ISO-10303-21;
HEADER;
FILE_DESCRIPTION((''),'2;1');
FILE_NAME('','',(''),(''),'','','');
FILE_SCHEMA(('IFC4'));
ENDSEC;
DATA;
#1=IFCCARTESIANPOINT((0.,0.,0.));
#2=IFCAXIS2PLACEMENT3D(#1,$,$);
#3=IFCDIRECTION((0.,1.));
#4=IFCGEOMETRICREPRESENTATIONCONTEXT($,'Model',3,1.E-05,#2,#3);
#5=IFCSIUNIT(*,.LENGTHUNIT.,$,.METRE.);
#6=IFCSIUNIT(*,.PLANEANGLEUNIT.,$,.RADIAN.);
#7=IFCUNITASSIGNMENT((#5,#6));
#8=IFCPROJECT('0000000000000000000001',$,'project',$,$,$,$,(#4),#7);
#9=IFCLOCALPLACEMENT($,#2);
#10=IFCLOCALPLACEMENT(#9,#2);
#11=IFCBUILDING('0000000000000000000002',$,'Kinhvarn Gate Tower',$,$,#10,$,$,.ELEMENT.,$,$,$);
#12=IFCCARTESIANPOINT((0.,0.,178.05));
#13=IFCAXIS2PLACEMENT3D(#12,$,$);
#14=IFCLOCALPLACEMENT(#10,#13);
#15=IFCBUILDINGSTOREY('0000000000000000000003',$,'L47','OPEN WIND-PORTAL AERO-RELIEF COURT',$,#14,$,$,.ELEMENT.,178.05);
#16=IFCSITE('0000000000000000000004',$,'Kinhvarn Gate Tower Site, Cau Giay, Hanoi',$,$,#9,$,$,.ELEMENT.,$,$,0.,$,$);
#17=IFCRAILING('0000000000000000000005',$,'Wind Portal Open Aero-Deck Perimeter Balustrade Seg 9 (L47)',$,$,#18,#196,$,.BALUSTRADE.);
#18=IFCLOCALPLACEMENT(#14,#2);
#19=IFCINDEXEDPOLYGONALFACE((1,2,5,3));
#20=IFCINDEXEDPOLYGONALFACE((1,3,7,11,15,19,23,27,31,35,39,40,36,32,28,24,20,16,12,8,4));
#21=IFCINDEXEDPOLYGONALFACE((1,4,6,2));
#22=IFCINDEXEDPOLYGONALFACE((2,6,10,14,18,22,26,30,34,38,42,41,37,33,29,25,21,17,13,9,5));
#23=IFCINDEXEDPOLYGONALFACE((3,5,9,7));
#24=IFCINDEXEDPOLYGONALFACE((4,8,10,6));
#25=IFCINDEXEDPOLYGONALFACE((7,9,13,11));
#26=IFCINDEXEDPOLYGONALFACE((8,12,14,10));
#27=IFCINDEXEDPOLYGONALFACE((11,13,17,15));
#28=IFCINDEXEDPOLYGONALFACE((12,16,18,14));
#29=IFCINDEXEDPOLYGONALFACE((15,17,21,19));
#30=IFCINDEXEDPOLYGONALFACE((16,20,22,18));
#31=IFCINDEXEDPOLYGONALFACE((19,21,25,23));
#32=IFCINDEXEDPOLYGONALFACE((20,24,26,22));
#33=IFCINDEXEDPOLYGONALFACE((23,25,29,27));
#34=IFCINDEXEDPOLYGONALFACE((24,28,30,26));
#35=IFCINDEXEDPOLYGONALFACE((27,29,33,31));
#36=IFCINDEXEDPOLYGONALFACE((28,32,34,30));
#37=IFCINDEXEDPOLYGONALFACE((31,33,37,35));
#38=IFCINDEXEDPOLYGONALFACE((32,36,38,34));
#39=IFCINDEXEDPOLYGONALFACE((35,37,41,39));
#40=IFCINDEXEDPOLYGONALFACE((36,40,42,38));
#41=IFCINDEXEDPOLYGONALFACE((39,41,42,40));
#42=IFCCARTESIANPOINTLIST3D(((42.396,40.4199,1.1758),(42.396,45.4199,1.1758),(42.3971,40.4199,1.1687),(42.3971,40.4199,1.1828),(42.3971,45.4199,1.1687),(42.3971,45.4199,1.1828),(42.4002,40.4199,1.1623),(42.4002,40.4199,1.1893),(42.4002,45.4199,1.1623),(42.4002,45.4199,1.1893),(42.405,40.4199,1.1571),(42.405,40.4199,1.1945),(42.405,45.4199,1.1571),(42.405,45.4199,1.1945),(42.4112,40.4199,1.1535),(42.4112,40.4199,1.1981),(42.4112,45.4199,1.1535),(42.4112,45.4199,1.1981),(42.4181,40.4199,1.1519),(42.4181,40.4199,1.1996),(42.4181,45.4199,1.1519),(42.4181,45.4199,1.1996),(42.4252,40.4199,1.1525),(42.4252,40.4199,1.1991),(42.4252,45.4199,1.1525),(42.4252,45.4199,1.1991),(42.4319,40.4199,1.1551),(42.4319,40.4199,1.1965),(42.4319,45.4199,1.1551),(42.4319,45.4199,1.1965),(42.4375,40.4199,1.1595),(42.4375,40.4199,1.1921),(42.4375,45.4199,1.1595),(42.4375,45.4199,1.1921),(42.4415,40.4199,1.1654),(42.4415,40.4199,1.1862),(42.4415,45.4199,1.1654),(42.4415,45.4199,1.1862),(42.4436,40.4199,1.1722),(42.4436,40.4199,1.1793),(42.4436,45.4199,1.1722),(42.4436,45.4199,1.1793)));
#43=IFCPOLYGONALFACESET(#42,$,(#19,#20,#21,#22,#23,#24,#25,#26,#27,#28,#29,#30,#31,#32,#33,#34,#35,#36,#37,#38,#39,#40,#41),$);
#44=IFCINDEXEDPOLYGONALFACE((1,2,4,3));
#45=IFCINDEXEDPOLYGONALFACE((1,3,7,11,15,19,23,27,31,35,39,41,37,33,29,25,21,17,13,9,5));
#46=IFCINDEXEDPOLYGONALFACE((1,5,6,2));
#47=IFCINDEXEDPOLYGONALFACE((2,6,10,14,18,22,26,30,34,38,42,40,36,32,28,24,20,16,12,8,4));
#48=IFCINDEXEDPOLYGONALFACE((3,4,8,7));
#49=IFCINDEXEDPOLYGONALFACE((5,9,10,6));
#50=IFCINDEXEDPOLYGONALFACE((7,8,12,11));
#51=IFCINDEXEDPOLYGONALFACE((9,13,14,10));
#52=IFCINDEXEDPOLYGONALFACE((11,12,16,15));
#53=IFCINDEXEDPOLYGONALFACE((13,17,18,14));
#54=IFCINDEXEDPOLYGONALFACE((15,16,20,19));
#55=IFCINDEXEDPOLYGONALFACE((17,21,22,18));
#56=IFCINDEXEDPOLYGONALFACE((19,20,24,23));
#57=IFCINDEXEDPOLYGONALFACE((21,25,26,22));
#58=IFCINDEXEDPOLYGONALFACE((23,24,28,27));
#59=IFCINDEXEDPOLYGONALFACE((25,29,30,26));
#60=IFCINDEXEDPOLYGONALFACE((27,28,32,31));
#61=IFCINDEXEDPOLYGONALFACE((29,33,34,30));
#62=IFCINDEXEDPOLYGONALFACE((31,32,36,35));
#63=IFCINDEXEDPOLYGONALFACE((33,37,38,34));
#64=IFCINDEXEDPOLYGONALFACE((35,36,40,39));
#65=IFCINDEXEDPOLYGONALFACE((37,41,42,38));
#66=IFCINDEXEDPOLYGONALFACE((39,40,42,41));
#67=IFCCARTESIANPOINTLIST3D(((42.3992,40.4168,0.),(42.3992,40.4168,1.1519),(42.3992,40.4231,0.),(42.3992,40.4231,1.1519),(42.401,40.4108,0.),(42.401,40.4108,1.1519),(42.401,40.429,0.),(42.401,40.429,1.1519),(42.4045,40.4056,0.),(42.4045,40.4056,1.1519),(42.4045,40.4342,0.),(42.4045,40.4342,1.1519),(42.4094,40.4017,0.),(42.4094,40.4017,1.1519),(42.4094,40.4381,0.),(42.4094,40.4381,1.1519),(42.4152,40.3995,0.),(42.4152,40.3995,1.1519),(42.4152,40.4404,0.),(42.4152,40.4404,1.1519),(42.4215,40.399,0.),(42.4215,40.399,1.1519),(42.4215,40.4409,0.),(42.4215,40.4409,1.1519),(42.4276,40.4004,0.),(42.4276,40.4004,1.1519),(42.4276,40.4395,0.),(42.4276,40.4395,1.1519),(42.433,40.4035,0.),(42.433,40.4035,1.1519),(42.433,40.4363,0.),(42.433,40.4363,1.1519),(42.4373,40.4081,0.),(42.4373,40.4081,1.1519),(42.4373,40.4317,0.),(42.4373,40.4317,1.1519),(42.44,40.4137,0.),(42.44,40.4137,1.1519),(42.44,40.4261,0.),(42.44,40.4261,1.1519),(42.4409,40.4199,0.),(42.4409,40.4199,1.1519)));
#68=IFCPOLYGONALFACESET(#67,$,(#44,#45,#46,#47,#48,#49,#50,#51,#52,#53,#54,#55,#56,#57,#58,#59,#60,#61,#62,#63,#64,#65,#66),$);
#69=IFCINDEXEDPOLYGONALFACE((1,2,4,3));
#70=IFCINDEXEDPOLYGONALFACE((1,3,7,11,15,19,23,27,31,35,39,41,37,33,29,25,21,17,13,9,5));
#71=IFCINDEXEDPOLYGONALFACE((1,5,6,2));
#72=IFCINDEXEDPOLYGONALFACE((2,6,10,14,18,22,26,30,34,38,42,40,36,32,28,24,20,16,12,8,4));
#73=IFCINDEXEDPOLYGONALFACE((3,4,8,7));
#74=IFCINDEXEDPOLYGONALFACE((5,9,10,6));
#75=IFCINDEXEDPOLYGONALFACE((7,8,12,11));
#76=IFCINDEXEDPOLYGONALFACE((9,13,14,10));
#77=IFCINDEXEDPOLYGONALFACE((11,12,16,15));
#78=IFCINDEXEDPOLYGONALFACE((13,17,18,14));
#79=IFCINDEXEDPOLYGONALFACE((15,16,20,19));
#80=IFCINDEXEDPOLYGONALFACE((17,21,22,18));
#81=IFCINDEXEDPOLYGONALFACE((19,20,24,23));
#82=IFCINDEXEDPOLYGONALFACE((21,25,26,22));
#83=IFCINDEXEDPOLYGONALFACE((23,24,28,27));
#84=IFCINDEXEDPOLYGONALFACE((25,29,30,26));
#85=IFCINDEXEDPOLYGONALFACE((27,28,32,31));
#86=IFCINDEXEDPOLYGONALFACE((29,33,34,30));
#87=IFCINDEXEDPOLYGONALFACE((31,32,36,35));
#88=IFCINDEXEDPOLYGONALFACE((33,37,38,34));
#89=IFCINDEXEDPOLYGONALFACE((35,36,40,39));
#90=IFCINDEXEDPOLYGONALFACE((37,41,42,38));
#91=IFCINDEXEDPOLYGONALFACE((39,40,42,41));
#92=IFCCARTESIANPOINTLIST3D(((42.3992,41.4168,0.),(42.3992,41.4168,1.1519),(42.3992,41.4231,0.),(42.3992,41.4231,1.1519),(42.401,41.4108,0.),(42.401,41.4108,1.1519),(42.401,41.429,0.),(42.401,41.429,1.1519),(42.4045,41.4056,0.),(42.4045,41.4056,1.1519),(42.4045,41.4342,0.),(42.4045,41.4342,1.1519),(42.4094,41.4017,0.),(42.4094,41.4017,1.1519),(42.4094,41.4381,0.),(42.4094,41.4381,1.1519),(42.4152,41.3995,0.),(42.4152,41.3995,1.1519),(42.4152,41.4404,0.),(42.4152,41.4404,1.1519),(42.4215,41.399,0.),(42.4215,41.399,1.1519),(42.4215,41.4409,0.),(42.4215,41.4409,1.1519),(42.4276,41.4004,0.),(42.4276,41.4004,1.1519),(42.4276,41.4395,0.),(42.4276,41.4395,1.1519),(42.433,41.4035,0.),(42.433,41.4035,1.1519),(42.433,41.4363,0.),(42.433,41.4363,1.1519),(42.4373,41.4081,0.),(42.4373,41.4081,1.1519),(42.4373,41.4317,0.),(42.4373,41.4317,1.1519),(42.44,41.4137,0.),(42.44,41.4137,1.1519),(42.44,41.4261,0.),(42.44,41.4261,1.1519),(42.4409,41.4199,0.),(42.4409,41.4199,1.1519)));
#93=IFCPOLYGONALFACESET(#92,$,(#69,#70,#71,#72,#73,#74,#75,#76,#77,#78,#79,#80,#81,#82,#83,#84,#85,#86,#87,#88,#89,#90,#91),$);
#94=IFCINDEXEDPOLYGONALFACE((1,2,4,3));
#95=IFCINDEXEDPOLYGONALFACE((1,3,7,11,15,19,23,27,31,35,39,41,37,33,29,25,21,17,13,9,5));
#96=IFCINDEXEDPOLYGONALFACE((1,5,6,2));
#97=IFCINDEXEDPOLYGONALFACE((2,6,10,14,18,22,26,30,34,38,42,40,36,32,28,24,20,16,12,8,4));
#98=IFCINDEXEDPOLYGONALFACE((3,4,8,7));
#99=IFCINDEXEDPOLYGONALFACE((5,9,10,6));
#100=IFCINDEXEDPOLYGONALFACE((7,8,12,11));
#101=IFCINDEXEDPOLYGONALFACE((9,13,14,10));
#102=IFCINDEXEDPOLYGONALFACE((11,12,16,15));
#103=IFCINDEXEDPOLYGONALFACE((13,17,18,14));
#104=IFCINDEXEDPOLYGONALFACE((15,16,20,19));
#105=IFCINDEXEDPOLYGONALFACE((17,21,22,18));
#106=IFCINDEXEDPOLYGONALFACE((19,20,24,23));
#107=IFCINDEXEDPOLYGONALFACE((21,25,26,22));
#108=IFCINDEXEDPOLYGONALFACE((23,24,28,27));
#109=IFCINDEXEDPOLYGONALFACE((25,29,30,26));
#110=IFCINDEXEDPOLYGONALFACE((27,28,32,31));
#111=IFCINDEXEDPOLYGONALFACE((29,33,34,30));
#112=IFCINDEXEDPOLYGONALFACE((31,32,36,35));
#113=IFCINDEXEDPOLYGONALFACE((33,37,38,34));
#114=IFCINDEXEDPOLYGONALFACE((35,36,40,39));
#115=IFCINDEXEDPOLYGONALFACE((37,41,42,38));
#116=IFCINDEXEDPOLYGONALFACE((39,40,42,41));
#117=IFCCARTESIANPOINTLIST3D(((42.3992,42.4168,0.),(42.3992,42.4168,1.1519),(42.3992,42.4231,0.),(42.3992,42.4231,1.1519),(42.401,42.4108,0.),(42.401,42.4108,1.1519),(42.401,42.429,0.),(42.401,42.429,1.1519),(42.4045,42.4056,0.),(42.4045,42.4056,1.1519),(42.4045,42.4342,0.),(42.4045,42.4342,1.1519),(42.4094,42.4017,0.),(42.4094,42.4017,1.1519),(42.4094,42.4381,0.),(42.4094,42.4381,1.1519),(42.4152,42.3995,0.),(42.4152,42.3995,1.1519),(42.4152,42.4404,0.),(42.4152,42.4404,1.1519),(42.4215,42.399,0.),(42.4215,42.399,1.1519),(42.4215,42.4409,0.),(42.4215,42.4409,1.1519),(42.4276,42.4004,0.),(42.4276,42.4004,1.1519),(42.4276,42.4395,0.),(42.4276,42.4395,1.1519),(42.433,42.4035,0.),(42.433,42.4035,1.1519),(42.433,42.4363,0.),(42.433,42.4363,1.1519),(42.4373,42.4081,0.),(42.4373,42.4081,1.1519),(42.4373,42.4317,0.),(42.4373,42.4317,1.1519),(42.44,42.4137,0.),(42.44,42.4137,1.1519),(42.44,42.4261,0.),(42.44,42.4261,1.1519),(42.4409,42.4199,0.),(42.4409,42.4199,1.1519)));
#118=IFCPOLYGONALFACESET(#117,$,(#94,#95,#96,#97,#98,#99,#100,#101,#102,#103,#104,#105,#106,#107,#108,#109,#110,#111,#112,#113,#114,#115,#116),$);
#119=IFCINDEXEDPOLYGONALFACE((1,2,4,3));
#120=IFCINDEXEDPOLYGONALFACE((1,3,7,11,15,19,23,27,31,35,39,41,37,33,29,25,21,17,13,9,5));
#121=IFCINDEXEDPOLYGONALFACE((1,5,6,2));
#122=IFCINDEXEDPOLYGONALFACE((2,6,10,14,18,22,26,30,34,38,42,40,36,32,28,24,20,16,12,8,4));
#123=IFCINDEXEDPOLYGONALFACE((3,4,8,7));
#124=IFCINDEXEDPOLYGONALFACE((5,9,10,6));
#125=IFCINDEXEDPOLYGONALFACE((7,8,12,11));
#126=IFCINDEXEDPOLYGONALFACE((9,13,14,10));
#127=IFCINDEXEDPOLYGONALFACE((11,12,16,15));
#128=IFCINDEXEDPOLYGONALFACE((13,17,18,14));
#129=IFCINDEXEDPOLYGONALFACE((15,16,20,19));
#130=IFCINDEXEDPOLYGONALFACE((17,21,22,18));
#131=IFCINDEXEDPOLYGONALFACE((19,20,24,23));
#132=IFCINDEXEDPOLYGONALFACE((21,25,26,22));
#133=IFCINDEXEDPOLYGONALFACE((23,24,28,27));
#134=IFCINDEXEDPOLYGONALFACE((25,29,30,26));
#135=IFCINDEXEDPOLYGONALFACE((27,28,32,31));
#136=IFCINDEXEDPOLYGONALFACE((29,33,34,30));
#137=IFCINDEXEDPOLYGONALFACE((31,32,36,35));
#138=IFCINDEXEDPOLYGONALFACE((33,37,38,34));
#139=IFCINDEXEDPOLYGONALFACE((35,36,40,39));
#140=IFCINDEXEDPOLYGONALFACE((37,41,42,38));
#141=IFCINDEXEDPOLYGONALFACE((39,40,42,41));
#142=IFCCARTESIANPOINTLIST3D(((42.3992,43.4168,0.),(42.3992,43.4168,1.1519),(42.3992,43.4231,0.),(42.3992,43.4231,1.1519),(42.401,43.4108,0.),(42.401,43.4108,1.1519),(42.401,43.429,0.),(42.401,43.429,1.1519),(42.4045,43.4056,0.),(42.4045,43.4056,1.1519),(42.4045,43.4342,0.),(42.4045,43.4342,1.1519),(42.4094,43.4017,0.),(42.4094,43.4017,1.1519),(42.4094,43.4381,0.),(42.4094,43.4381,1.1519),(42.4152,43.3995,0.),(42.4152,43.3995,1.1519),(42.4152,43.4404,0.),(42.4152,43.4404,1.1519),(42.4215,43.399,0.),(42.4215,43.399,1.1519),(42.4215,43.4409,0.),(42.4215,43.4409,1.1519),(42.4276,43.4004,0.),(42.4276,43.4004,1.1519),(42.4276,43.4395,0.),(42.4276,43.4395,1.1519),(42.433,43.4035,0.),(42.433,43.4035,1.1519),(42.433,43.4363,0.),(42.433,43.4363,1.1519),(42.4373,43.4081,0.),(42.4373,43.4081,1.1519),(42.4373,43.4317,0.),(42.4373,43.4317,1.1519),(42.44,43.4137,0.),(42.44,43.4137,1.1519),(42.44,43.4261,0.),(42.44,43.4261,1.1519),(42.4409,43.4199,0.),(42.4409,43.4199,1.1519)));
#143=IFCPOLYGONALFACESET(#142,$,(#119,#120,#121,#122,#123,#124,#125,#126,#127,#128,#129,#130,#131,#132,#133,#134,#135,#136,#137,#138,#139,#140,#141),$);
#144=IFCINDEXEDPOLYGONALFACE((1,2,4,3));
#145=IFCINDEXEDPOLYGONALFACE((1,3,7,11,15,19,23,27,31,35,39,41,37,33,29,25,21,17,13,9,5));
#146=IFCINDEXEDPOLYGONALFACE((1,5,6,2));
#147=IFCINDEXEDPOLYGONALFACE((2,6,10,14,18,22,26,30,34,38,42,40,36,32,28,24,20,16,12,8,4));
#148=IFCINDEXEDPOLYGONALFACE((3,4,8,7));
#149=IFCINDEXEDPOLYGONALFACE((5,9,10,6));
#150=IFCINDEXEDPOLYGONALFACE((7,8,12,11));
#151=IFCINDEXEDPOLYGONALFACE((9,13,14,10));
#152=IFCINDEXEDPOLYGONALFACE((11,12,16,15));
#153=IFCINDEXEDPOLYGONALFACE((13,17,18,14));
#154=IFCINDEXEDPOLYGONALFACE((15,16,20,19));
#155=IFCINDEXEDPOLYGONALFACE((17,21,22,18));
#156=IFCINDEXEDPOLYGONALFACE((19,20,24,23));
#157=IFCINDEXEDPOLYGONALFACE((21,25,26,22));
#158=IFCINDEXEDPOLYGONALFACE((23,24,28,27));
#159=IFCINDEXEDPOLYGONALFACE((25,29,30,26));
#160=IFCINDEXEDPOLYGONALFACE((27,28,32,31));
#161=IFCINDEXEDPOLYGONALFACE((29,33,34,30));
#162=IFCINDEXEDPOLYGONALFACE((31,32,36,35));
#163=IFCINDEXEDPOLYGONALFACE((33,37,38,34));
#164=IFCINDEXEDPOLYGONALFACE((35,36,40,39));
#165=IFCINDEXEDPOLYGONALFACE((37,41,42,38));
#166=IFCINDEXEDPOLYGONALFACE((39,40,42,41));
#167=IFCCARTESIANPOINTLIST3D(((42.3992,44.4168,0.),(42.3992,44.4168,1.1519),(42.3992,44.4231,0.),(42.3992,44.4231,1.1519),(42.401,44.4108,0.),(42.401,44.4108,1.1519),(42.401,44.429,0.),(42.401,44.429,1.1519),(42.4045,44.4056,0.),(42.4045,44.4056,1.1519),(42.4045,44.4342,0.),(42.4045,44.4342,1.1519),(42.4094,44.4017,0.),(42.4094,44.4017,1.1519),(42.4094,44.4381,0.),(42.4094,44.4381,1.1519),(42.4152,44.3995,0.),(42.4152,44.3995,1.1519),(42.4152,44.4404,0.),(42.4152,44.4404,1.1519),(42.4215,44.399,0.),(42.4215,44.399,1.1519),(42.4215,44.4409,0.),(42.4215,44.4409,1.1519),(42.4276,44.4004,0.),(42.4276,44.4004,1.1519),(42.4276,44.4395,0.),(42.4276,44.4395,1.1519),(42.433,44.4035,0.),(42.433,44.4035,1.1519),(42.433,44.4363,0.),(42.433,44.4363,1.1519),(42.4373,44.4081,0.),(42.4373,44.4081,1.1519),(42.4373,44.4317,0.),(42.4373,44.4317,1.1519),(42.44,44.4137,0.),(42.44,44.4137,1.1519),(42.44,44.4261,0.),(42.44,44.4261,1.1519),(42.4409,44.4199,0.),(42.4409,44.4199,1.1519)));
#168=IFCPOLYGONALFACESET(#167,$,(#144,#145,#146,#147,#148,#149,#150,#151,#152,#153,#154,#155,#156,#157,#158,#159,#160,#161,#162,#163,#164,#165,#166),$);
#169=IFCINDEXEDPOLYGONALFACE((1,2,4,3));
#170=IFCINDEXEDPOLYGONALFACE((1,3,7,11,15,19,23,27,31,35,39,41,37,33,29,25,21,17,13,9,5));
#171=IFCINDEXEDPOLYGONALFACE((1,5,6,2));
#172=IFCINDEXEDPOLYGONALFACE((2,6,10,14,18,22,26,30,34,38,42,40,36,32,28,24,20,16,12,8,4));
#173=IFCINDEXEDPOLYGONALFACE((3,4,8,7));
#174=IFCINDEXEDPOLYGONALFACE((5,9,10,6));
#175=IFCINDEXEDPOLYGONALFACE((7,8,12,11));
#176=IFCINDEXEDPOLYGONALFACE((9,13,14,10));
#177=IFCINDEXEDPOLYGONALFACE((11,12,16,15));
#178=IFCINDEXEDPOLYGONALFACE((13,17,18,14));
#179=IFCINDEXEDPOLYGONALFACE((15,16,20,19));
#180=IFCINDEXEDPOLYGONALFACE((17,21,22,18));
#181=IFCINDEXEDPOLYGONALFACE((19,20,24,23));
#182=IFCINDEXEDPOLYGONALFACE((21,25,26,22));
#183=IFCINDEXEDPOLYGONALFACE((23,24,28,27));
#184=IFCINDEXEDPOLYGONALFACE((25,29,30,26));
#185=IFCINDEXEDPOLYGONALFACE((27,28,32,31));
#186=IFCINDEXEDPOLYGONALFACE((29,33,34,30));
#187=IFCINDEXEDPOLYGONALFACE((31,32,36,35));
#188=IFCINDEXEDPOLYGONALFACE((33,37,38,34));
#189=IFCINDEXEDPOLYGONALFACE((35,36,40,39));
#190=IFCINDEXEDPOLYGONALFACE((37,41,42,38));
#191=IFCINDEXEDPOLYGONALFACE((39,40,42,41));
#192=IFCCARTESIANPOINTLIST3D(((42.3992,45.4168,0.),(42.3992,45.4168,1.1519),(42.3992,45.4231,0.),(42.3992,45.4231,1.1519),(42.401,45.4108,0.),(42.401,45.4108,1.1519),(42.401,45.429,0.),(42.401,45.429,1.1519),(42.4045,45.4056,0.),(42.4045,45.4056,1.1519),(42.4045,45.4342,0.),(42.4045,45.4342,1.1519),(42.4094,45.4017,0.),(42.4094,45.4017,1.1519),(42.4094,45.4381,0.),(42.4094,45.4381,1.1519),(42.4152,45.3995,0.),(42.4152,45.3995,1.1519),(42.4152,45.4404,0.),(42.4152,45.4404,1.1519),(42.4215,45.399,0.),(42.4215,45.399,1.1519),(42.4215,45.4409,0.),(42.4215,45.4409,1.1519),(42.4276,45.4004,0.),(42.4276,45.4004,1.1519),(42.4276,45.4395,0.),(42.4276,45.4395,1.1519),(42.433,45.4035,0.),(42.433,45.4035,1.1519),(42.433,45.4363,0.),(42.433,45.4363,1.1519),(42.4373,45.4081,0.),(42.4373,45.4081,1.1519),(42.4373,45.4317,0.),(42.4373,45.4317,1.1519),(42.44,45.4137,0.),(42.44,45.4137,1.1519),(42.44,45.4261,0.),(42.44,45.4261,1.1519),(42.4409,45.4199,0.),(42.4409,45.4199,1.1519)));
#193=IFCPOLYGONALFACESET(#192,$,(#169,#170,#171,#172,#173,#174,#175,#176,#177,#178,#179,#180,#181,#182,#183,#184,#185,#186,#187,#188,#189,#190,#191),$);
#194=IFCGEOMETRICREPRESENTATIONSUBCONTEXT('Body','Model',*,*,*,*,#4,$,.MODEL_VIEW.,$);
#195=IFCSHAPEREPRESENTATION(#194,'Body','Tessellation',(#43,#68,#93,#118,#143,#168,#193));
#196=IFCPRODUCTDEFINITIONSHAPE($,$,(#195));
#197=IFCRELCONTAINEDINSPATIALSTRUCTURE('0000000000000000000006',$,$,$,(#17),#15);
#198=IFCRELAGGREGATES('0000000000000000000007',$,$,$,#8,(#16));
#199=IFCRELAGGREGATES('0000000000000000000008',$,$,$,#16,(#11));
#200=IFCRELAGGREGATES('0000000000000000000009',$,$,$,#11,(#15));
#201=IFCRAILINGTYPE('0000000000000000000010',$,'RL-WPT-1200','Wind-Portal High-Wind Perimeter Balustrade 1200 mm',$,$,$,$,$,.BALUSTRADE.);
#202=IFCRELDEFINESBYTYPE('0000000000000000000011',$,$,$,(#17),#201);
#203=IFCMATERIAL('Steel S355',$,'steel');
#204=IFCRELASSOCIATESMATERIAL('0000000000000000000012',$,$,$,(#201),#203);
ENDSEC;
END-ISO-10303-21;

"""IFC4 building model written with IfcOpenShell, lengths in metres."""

from ifc_helpers import new_model, si_unit, direction, frame, origin, origin_2d, place, context, subcontext, project, spatial, circle, extrude, material, type_object, element, save


model = new_model("IFC4")

# Units and contexts
model_context = context("Model", 3, precision=1e-05, world=origin(), true_north=direction((0.0, 1.0)))
body_context = subcontext(model_context, "Body", "Model", "MODEL_VIEW")
ifc_project = project(units=[si_unit("LENGTHUNIT", "METRE"), si_unit("PLANEANGLEUNIT", "RADIAN")], contexts=[model_context])

# Site, building, storey
site_placement = place(None, origin())
site = spatial("IfcSite", under=ifc_project, at=site_placement, Name="Kinhvarn Gate Tower Site, Cau Giay, Hanoi", CompositionType="ELEMENT", RefElevation=0.0)
building_placement = place(site_placement, origin())
building = spatial("IfcBuilding", under=site, at=building_placement, Name="Kinhvarn Gate Tower", CompositionType="ELEMENT")
storey_placement = place(building_placement, frame((0.0, 0.0, 178.05)))
storey = spatial("IfcBuildingStorey", under=building, at=storey_placement, Name="L47", Description="OPEN WIND-PORTAL AERO-RELIEF COURT", CompositionType="ELEMENT", Elevation=178.05)

# Shared definitions
ifc_material_1 = material(Name="Steel S355", Category="steel")

# Railing
railing_type = type_object("IfcRailingType", Name="RL-WPT-1200", Description="Wind-Portal High-Wind Perimeter Balustrade 1200 mm", PredefinedType="BALUSTRADE", material=ifc_material_1)
railing_1_placement = place(storey_placement, frame((42.4199, 40.4199, 0.0)))
element("IfcRailing", 1, at=railing_1_placement, inside=storey, type_object=railing_type, Name="Wind Portal Open Aero-Deck Perimeter Balustrade Seg 9 (L47)", PredefinedType="BALUSTRADE", context=body_context, shape_type="SweptSolid", body=[
    extrude(circle(Radius=0.0239, at=origin_2d()), frame((0.0, 0.0, 1.1758), z_axis=(0.0, 1.0, 0.0), x_axis=(-1.0, 0.0, 0.0)), (0.0, 0.0, 1.0), 5.0),
    extrude(circle(Radius=0.021, at=origin_2d()), origin(), (0.0, 0.0, 1.0), 1.1519),
    extrude(circle(Radius=0.021, at=origin_2d()), frame((0.0, 1.0, 0.0)), (0.0, 0.0, 1.0), 1.1519),
    extrude(circle(Radius=0.021, at=origin_2d()), frame((0.0, 2.0, 0.0)), (0.0, 0.0, 1.0), 1.1519),
    extrude(circle(Radius=0.021, at=origin_2d()), frame((0.0, 3.0, 0.0)), (0.0, 0.0, 1.0), 1.1519),
    extrude(circle(Radius=0.021, at=origin_2d()), frame((0.0, 4.0, 0.0)), (0.0, 0.0, 1.0), 1.1519),
    extrude(circle(Radius=0.021, at=origin_2d()), frame((0.0, 5.0, 0.0)), (0.0, 0.0, 1.0), 1.1519),
])

save(model, "model.ifc")
